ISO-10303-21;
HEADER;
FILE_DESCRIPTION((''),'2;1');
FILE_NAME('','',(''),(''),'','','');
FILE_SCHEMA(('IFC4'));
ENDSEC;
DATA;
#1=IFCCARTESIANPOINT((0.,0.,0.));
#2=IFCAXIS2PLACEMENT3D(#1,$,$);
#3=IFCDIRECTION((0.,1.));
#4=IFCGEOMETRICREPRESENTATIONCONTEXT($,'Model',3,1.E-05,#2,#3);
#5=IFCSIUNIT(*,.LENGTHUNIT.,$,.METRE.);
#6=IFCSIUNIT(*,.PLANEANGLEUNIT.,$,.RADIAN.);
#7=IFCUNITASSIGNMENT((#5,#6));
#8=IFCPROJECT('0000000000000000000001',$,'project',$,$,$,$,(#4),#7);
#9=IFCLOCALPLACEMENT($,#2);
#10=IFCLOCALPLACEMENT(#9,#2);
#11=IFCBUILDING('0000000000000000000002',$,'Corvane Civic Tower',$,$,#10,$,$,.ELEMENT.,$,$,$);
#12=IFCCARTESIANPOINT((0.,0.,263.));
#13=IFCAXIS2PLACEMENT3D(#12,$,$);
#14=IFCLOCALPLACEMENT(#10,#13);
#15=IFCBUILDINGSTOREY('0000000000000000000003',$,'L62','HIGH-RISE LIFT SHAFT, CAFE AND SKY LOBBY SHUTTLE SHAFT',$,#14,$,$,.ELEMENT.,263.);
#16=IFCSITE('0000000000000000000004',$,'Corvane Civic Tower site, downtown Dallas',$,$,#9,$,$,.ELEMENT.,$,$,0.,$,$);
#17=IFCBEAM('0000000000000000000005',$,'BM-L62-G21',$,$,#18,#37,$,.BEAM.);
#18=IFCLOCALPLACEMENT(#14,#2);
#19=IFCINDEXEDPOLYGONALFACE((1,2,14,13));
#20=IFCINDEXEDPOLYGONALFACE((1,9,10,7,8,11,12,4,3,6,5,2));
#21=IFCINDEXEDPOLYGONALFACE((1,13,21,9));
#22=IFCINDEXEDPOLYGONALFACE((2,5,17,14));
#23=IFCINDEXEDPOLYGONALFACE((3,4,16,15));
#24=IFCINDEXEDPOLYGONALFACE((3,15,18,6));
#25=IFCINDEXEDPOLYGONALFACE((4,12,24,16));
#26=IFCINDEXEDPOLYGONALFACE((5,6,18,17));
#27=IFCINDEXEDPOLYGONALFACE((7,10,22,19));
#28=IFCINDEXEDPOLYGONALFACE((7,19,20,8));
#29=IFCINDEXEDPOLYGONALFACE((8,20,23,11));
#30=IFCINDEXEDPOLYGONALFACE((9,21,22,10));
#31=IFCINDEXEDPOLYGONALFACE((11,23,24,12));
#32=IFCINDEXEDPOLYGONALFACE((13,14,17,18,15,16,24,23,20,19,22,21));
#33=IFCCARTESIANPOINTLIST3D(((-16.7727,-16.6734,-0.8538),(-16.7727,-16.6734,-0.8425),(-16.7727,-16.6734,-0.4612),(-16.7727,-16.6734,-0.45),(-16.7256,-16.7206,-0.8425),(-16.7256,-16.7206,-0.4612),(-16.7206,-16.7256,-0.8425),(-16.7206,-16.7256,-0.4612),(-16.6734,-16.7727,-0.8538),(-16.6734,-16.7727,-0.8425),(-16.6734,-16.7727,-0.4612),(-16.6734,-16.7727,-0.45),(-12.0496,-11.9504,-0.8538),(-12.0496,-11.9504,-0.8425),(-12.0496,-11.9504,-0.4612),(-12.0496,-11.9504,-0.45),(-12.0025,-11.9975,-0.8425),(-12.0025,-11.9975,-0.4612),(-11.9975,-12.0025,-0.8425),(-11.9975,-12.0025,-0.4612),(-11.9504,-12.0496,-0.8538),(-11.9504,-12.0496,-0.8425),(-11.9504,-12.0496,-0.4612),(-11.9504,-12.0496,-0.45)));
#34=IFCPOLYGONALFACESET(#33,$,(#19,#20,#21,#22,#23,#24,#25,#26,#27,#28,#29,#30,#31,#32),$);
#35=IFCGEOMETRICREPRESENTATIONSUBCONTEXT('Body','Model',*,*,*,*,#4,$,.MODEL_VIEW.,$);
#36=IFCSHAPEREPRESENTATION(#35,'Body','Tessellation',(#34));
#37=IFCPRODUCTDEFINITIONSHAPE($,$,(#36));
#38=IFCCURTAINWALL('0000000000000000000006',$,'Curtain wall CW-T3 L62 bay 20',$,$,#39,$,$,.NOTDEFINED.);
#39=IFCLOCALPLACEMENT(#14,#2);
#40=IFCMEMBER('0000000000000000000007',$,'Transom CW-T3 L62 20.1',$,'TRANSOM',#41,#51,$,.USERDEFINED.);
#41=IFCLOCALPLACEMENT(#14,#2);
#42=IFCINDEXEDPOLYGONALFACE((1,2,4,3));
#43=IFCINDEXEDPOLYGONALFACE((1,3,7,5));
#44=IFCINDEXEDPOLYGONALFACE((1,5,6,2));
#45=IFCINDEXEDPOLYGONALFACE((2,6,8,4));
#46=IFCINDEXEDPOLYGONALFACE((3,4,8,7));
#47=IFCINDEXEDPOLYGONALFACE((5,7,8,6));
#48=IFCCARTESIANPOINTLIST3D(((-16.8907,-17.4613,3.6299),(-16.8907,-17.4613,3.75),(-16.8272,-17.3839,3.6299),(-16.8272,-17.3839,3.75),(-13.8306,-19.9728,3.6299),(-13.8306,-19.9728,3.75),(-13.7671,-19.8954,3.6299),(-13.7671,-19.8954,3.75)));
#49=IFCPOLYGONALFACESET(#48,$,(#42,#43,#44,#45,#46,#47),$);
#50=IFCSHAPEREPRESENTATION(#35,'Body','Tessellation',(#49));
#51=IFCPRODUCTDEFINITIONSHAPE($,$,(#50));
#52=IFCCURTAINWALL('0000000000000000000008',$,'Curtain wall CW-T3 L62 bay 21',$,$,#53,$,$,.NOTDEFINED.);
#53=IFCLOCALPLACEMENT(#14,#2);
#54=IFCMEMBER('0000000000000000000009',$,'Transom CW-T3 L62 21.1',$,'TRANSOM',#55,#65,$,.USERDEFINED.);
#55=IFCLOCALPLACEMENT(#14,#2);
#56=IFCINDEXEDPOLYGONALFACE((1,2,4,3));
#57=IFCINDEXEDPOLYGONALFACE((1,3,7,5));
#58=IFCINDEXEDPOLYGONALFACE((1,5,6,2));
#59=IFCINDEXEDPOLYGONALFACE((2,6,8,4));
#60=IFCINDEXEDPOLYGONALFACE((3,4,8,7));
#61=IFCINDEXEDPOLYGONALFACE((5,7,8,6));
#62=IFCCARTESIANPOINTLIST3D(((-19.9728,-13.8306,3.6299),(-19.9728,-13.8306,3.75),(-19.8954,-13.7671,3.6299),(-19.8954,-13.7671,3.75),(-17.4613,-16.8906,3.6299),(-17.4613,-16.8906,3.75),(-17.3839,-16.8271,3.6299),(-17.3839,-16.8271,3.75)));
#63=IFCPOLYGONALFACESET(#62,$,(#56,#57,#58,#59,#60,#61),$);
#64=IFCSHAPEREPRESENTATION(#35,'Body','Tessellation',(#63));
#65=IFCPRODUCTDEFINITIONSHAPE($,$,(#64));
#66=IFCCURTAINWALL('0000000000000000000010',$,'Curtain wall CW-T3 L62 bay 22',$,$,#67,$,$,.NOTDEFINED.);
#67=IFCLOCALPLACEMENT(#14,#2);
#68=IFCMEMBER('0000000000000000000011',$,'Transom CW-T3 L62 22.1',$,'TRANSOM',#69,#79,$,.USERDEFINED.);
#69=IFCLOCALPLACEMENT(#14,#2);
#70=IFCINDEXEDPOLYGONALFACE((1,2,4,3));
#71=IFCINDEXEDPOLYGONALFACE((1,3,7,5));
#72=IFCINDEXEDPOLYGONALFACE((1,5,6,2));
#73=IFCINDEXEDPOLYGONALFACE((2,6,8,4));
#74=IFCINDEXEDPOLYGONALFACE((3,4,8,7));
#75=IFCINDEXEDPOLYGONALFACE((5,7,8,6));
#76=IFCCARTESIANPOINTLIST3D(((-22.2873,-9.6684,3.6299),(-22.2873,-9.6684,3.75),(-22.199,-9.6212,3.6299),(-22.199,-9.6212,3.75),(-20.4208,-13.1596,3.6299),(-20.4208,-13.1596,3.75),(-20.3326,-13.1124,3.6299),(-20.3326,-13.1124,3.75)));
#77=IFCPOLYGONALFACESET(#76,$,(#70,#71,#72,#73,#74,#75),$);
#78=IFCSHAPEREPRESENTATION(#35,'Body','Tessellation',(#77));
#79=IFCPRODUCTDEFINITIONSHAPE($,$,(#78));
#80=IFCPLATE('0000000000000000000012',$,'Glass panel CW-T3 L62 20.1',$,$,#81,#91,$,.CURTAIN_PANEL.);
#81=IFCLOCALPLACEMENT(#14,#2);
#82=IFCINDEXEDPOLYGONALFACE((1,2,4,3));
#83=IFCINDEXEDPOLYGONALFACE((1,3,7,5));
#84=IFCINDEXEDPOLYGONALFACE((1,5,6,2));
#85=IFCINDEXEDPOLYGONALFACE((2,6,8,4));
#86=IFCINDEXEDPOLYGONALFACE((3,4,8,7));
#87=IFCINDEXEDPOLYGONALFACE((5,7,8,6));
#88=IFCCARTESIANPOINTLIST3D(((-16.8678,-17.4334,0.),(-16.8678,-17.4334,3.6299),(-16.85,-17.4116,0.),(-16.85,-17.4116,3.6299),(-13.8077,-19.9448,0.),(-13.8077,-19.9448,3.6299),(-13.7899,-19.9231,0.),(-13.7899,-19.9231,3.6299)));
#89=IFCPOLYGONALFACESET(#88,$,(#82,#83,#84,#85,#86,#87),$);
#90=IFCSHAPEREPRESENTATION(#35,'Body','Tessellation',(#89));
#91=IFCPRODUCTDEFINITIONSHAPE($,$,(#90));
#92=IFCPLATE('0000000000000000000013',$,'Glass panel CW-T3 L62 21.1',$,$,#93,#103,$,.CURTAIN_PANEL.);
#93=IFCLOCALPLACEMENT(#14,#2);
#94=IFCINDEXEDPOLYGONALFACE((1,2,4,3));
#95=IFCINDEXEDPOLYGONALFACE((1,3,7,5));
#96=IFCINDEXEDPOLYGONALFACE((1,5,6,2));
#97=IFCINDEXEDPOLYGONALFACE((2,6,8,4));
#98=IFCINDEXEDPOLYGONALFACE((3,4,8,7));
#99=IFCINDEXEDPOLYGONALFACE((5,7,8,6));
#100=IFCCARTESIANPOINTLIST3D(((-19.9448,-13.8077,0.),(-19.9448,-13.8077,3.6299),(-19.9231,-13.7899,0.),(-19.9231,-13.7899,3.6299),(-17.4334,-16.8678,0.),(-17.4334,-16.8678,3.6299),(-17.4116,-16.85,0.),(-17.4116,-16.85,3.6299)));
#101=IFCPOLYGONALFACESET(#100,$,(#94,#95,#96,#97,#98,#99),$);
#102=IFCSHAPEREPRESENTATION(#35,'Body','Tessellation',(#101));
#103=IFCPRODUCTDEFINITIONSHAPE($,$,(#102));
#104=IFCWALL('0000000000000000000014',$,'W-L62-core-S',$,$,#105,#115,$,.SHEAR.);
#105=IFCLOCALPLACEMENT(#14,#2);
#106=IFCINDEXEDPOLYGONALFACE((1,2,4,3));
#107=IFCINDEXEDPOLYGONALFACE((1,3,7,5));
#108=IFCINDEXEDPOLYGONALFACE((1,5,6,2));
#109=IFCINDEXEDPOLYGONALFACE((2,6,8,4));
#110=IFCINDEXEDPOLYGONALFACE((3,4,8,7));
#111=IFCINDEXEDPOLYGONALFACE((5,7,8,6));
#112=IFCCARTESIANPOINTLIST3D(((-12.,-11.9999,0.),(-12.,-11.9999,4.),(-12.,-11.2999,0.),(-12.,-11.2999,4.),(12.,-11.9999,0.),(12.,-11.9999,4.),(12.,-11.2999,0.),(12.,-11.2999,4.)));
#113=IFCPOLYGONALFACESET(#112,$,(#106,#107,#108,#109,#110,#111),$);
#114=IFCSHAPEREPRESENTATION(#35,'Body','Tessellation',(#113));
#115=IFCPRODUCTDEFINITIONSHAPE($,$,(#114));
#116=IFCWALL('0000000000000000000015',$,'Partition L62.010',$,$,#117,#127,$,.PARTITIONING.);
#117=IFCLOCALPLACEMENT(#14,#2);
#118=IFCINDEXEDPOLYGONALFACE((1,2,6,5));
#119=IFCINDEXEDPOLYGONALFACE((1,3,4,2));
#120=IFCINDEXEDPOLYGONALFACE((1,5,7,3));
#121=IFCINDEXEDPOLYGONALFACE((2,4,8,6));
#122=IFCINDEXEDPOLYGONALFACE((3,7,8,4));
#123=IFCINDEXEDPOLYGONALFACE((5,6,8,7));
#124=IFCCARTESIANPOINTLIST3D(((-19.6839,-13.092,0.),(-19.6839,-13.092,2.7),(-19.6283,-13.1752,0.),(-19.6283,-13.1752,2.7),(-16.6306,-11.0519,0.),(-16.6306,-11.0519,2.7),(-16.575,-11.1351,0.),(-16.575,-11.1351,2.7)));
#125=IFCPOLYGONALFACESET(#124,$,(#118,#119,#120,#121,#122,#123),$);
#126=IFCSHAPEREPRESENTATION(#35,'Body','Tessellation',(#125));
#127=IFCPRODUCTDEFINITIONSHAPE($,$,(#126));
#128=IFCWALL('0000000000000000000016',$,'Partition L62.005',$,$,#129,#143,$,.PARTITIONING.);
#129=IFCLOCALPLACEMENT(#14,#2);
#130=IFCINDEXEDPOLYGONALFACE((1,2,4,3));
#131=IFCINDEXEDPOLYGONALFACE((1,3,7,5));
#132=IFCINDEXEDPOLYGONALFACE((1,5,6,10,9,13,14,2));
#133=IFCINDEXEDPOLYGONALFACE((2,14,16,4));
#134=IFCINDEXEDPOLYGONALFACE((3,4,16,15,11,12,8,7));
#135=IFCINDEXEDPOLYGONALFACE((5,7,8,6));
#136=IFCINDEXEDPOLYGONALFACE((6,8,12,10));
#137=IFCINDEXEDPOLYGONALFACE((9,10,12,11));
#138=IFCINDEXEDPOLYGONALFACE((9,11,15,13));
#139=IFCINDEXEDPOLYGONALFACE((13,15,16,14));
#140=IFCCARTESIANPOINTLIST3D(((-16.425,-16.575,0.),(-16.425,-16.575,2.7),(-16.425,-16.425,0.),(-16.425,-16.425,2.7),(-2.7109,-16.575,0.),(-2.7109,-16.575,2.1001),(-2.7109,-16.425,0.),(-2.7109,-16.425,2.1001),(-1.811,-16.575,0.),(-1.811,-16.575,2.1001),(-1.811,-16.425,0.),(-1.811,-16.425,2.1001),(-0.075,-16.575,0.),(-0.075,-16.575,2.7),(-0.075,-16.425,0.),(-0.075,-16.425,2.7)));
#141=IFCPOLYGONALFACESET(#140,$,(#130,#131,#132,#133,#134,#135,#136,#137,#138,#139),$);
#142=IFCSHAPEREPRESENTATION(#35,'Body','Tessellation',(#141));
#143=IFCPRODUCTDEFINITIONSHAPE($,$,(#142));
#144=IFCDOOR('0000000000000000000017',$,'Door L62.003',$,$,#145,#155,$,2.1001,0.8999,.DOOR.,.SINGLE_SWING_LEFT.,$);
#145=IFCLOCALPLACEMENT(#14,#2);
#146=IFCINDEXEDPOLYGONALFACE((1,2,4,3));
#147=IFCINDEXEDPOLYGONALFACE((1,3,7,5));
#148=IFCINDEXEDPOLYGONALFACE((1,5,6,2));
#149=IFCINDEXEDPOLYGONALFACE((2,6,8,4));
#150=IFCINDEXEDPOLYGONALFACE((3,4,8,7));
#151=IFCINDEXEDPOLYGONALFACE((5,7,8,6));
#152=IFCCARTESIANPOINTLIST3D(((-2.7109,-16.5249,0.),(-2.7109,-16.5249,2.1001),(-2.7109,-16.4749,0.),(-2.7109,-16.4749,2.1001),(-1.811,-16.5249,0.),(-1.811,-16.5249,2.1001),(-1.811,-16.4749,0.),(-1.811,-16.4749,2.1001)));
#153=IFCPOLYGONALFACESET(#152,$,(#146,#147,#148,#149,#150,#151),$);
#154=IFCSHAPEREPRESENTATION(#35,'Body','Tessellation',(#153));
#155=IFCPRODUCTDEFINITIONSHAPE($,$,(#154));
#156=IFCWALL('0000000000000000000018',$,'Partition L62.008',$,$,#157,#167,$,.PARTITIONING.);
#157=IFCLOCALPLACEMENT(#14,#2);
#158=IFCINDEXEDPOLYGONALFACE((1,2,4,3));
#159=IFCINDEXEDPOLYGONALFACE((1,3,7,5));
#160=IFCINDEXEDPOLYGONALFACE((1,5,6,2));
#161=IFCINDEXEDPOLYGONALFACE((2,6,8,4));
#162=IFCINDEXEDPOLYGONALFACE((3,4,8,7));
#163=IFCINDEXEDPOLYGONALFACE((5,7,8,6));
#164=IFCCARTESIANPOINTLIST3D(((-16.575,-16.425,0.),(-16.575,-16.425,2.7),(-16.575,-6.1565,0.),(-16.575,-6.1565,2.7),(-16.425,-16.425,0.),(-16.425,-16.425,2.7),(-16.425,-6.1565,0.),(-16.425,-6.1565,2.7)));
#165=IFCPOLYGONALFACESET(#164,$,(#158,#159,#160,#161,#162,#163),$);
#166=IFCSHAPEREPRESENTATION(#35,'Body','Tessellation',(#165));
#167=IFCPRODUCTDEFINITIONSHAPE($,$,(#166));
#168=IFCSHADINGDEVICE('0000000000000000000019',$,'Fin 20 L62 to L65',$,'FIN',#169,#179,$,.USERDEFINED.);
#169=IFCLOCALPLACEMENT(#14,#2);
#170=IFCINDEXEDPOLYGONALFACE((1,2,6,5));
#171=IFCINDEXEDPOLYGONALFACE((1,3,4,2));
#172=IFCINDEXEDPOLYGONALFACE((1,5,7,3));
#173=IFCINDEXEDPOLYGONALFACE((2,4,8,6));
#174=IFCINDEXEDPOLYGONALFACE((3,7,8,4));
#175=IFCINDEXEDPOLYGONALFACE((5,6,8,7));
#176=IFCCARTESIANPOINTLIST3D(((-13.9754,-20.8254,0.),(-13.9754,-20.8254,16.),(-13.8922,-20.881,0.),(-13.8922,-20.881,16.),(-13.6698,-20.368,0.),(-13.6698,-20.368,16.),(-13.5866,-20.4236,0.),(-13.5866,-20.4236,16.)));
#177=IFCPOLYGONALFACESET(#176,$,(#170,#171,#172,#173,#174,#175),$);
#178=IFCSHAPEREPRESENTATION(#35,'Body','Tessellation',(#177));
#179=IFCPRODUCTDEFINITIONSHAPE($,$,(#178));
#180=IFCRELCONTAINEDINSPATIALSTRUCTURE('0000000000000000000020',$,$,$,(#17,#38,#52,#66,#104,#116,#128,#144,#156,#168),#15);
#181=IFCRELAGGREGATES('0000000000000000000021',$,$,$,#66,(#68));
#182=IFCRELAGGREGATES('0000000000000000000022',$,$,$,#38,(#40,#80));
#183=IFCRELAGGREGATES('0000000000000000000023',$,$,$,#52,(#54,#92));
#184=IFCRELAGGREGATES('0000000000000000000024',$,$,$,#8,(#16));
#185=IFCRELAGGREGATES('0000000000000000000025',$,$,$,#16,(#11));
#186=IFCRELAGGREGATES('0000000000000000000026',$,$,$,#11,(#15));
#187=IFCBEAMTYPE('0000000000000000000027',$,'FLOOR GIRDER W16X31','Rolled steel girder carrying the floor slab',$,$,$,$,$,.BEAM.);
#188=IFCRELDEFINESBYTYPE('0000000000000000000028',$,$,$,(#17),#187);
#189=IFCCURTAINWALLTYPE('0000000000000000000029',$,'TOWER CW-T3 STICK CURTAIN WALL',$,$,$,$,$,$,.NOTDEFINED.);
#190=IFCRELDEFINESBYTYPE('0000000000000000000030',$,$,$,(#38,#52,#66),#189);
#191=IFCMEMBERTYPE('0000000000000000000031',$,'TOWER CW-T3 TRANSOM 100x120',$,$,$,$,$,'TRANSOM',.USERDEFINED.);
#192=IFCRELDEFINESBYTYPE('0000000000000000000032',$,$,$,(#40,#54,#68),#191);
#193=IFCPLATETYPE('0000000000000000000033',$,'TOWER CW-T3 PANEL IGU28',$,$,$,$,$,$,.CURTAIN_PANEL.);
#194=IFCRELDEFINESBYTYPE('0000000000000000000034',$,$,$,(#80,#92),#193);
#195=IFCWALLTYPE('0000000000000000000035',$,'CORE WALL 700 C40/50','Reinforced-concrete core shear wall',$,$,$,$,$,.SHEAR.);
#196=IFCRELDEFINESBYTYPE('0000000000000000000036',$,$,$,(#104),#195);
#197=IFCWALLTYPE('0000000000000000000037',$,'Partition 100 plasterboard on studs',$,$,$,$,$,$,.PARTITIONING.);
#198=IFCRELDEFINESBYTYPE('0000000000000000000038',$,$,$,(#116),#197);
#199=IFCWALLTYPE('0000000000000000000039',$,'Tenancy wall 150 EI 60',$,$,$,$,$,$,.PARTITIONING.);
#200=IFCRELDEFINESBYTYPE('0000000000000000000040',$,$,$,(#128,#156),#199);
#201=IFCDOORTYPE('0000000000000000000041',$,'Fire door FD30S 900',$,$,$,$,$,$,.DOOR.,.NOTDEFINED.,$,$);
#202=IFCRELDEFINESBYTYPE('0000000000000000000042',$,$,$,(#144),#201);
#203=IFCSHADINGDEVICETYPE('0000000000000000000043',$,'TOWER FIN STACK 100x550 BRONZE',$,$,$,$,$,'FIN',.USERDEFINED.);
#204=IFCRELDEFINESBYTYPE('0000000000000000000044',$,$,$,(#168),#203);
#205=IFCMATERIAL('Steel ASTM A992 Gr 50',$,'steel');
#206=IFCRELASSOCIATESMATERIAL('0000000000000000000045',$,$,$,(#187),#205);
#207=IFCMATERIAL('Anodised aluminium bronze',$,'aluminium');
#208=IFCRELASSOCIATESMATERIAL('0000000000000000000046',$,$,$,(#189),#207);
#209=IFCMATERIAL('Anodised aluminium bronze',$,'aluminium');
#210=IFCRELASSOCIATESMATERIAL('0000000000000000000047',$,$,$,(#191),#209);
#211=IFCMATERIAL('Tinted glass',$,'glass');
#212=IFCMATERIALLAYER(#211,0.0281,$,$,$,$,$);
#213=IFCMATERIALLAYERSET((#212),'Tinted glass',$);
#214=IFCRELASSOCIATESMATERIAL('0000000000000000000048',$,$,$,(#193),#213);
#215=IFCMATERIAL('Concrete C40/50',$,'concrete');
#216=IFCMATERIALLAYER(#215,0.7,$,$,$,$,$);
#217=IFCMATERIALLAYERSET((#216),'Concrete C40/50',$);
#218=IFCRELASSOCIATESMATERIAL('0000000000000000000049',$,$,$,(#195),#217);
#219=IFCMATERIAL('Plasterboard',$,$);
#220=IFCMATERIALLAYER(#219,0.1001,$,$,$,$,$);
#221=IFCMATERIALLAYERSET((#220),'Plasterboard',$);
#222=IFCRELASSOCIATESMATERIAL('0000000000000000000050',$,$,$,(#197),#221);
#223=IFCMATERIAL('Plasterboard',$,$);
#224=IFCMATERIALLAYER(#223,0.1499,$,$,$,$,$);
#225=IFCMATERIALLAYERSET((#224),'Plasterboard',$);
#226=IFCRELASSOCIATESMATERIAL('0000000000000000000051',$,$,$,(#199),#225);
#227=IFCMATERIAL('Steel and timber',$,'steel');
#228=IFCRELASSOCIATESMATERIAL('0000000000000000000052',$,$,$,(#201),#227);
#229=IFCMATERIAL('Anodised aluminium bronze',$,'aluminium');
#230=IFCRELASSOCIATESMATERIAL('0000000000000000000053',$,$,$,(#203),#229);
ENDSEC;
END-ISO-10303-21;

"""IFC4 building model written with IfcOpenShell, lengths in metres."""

from ifc_helpers import new_model, si_unit, direction, frame, frame_2d, origin, origin_2d, place, context, subcontext, project, spatial, rectangle, i_section, extrude, material, layer, layer_set, material_profile, profile_set, type_object, element, fill, aggregate, save


model = new_model("IFC4")

# Units and contexts
model_context = context("Model", 3, precision=1e-05, world=origin(), true_north=direction((0.0, 1.0)))
body_context = subcontext(model_context, "Body", "Model", "MODEL_VIEW")
ifc_project = project(units=[si_unit("LENGTHUNIT", "METRE"), si_unit("PLANEANGLEUNIT", "RADIAN")], contexts=[model_context])

# Site, building, storey
site_placement = place(None, origin())
site = spatial("IfcSite", under=ifc_project, at=site_placement, Name="Corvane Civic Tower site, downtown Dallas", CompositionType="ELEMENT", RefElevation=0.0)
building_placement = place(site_placement, origin())
building = spatial("IfcBuilding", under=site, at=building_placement, Name="Corvane Civic Tower", CompositionType="ELEMENT")
storey_placement = place(building_placement, frame((0.0, 0.0, 263.0)))
storey = spatial("IfcBuildingStorey", under=building, at=storey_placement, Name="L62", Description="HIGH-RISE LIFT SHAFT, CAFE AND SKY LOBBY SHUTTLE SHAFT", CompositionType="ELEMENT", Elevation=263.0)

# Beam
ifc_material_1 = material(Name="Steel ASTM A992 Gr 50", Category="steel")
ifc_material_profile_1 = material_profile(ifc_material_1, i_section(OverallWidth=0.1404, OverallDepth=0.4038, WebThickness=0.0071, FlangeThickness=0.0112, at=origin_2d()), Name="W16X31")
ifc_profile_set_1 = profile_set([ifc_material_profile_1], Name="Steel ASTM A992 Gr 50")
beam_type_1 = type_object("IfcBeamType", Name="FLOOR GIRDER W16X31", Description="Rolled steel girder carrying the floor slab", PredefinedType="BEAM", material=ifc_profile_set_1)
beam_1_placement = place(storey_placement, frame((-12.0, -12.0, -0.6519), z_axis=(-0.707107, -0.707107, 0.0), x_axis=(0.707107, -0.707107, 0.0)))
element("IfcBeam", 1, at=beam_1_placement, inside=storey, type_object=beam_type_1, Name="BM-L62-G21", PredefinedType="BEAM", context=body_context, shape_type="SweptSolid", body=[
    extrude(i_section(OverallWidth=0.1404, OverallDepth=0.4038, WebThickness=0.0071, FlangeThickness=0.0112, at=origin_2d()), origin(), (0.0, 0.0, 1.0), 6.6794),
])

# Curtain walls, members
ifc_material_2 = material(Name="Anodised aluminium bronze", Category="aluminium")
curtain_wall_type = type_object("IfcCurtainWallType", Name="TOWER CW-T3 STICK CURTAIN WALL", PredefinedType="NOTDEFINED", material=ifc_material_2)
curtain_wall_1_placement = place(storey_placement, origin())
curtain_wall_1 = element("IfcCurtainWall", 2, at=curtain_wall_1_placement, inside=storey, type_object=curtain_wall_type, Name="Curtain wall CW-T3 L62 bay 20", PredefinedType="NOTDEFINED")
ifc_material_3 = material(Name="Anodised aluminium bronze", Category="aluminium")
ifc_material_profile_2 = material_profile(ifc_material_3, rectangle(XDim=0.1001, YDim=0.1201, at=origin_2d()), Name="TOWER CW-T3 TRANSOM 100x120")
ifc_profile_set_2 = profile_set([ifc_material_profile_2], Name="Anodised aluminium bronze")
member_type = type_object("IfcMemberType", Name="TOWER CW-T3 TRANSOM 100x120", ElementType="TRANSOM", PredefinedType="USERDEFINED", material=ifc_profile_set_2)
member_1_placement = place(storey_placement, frame((-13.7988, -19.9341, 3.6899), z_axis=(-0.772992, 0.634416, 0.0), x_axis=(-0.634416, -0.772992, 0.0)))
member_1 = element("IfcMember", 3, at=member_1_placement, type_object=member_type, Name="Transom CW-T3 L62 20.1", ObjectType="TRANSOM", PredefinedType="USERDEFINED", context=body_context, shape_type="SweptSolid", body=[
    extrude(rectangle(XDim=0.1001, YDim=0.1201, at=origin_2d()), origin(), (0.0, 0.0, 1.0), 3.9587),
])
curtain_wall_2_placement = place(storey_placement, origin())
curtain_wall_2 = element("IfcCurtainWall", 4, at=curtain_wall_2_placement, inside=storey, type_object=curtain_wall_type, Name="Curtain wall CW-T3 L62 bay 21", PredefinedType="NOTDEFINED")
member_2_placement = place(storey_placement, frame((-17.4226, -16.8589, 3.6899), z_axis=(-0.634416, 0.772992, 0.0), x_axis=(-0.772992, -0.634416, 0.0)))
member_2 = element("IfcMember", 5, at=member_2_placement, type_object=member_type, Name="Transom CW-T3 L62 21.1", ObjectType="TRANSOM", PredefinedType="USERDEFINED", context=body_context, shape_type="SweptSolid", body=[
    extrude(rectangle(XDim=0.1001, YDim=0.1201, at=origin_2d()), origin(), (0.0, 0.0, 1.0), 3.9587),
])
curtain_wall_3_placement = place(storey_placement, origin())
curtain_wall_3 = element("IfcCurtainWall", 6, at=curtain_wall_3_placement, inside=storey, type_object=curtain_wall_type, Name="Curtain wall CW-T3 L62 bay 22", PredefinedType="NOTDEFINED")
member_3_placement = place(storey_placement, frame((-20.3767, -13.136, 3.6899), z_axis=(-0.471468, 0.881883, 0.0), x_axis=(-0.881883, -0.471468, 0.0)))
member_3 = element("IfcMember", 7, at=member_3_placement, type_object=member_type, Name="Transom CW-T3 L62 22.1", ObjectType="TRANSOM", PredefinedType="USERDEFINED", context=body_context, shape_type="SweptSolid", body=[
    extrude(rectangle(XDim=0.1001, YDim=0.1201, at=origin_2d()), origin(), (0.0, 0.0, 1.0), 3.9587),
])
aggregate(curtain_wall_3, [member_3])

# Plates
ifc_material_4 = material(Name="Tinted glass", Category="glass")
ifc_layer_1 = layer(ifc_material_4, 0.0281)
ifc_layer_set_1 = layer_set([ifc_layer_1], Name="Tinted glass")
plate_type = type_object("IfcPlateType", Name="TOWER CW-T3 PANEL IGU28", PredefinedType="CURTAIN_PANEL", material=ifc_layer_set_1)
plate_1_placement = place(storey_placement, frame((-15.3289, -18.6782, 0.0), z_axis=(0.0, 0.0, 1.0), x_axis=(-0.773001, 0.634405, 0.0)))
plate_1 = element("IfcPlate", 8, at=plate_1_placement, type_object=plate_type, Name="Glass panel CW-T3 L62 20.1", PredefinedType="CURTAIN_PANEL", context=body_context, shape_type="SweptSolid", body=[
    extrude(rectangle(XDim=3.9587, YDim=0.0281, at=origin_2d()), origin(), (0.0, 0.0, 1.0), 3.6299),
])
aggregate(curtain_wall_1, [member_1, plate_1])
plate_2_placement = place(storey_placement, frame((-18.6782, -15.3289, 0.0), z_axis=(0.0, 0.0, 1.0), x_axis=(-0.634405, 0.773001, 0.0)))
plate_2 = element("IfcPlate", 9, at=plate_2_placement, type_object=plate_type, Name="Glass panel CW-T3 L62 21.1", PredefinedType="CURTAIN_PANEL", context=body_context, shape_type="SweptSolid", body=[
    extrude(rectangle(XDim=3.9587, YDim=0.0281, at=origin_2d()), origin(), (0.0, 0.0, 1.0), 3.6299),
])
aggregate(curtain_wall_2, [member_2, plate_2])

# Walls
ifc_material_5 = material(Name="Concrete C40/50", Category="concrete")
ifc_layer_2 = layer(ifc_material_5, 0.7)
ifc_layer_set_2 = layer_set([ifc_layer_2], Name="Concrete C40/50")
wall_type_1 = type_object("IfcWallType", Name="CORE WALL 700 C40/50", Description="Reinforced-concrete core shear wall", PredefinedType="SHEAR", material=ifc_layer_set_2)
wall_1_placement = place(storey_placement, frame((-12.0, -11.6499, 0.0), z_axis=(0.0, 0.0, 1.0), x_axis=(1.0, 0.0, 0.0)))
element("IfcWall", 10, at=wall_1_placement, inside=storey, type_object=wall_type_1, Name="W-L62-core-S", PredefinedType="SHEAR", context=body_context, shape_type="SweptSolid", body=[
    extrude(rectangle(XDim=24.0, YDim=0.7, at=frame_2d((12.0, 0.0))), origin(), (0.0, 0.0, 1.0), 4.0),
])
ifc_material_6 = material(Name="Plasterboard")
ifc_layer_3 = layer(ifc_material_6, 0.1001)
ifc_layer_set_3 = layer_set([ifc_layer_3], Name="Plasterboard")
wall_type_2 = type_object("IfcWallType", Name="Partition 100 plasterboard on studs", PredefinedType="PARTITIONING", material=ifc_layer_set_3)
wall_2_placement = place(storey_placement, frame((-19.656, -13.1335, 0.0), z_axis=(0.0, 0.0, 1.0), x_axis=(0.831477, 0.555559, 0.0)))
element("IfcWall", 11, at=wall_2_placement, inside=storey, type_object=wall_type_2, Name="Partition L62.010", PredefinedType="PARTITIONING", context=body_context, shape_type="SweptSolid", body=[
    extrude(rectangle(XDim=3.6721, YDim=0.1001, at=frame_2d((1.8359, 0.0))), origin(), (0.0, 0.0, 1.0), 2.7),
])

# Wall, opening, door
ifc_material_7 = material(Name="Plasterboard")
ifc_layer_4 = layer(ifc_material_7, 0.1499)
ifc_layer_set_4 = layer_set([ifc_layer_4], Name="Plasterboard")
wall_type_3 = type_object("IfcWallType", Name="Tenancy wall 150 EI 60", PredefinedType="PARTITIONING", material=ifc_layer_set_4)
wall_3_placement = place(storey_placement, frame((-16.425, -16.5, 0.0), z_axis=(0.0, 0.0, 1.0), x_axis=(1.0, 0.0, 0.0)))
wall_3 = element("IfcWall", 12, at=wall_3_placement, inside=storey, type_object=wall_type_3, Name="Partition L62.005", PredefinedType="PARTITIONING", context=body_context, shape_type="SweptSolid", body=[
    extrude(rectangle(XDim=16.3501, YDim=0.1499, at=frame_2d((8.175, 0.0))), origin(), (0.0, 0.0, 1.0), 2.7),
])
opening_placement = place(wall_3_placement, frame((13.7141, 0.0, 0.0)))
opening = element("IfcOpeningElement", 13, at=opening_placement, cuts=wall_3, PredefinedType="OPENING", context=body_context, shape_type="SweptSolid", body=[
    extrude(rectangle(XDim=0.8999, YDim=2.1001, at=frame_2d((0.45, 1.05))), frame((0.0, 0.085, 0.0), z_axis=(0.0, -1.0, 0.0), x_axis=(1.0, 0.0, 0.0)), (0.0, 0.0, 1.0), 0.1699),
])
ifc_material_8 = material(Name="Steel and timber", Category="steel")
door_type = type_object("IfcDoorType", Name="Fire door FD30S 900", OperationType="NOTDEFINED", PredefinedType="DOOR", material=ifc_material_8)
door_placement = place(opening_placement, frame((0.8999, 0.0, 0.0), z_axis=(0.0, 0.0, 1.0), x_axis=(-1.0, 0.0, 0.0)))
door = element("IfcDoor", 14, at=door_placement, inside=storey, type_object=door_type, Name="Door L62.003", OperationType="SINGLE_SWING_LEFT", OverallHeight=2.1001, OverallWidth=0.8999, PredefinedType="DOOR", context=body_context, shape_type="SweptSolid", body=[
    extrude(rectangle(XDim=0.8999, YDim=2.1001, at=frame_2d((0.45, 1.05))), frame((0.0, 0.0249, 0.0), z_axis=(0.0, -1.0, 0.0), x_axis=(1.0, 0.0, 0.0)), (0.0, 0.0, 1.0), 0.05),
])
fill(opening, door)

# Wall
wall_4_placement = place(storey_placement, frame((-16.5, -16.425, 0.0), z_axis=(0.0, 0.0, 1.0), x_axis=(0.0, 1.0, 0.0)))
element("IfcWall", 15, at=wall_4_placement, inside=storey, type_object=wall_type_3, Name="Partition L62.008", PredefinedType="PARTITIONING", context=body_context, shape_type="SweptSolid", body=[
    extrude(rectangle(XDim=10.2686, YDim=0.1499, at=frame_2d((5.1343, 0.0))), origin(), (0.0, 0.0, 1.0), 2.7),
])

# Shading device
ifc_material_9 = material(Name="Anodised aluminium bronze", Category="aluminium")
ifc_material_profile_3 = material_profile(ifc_material_9, rectangle(XDim=0.1001, YDim=0.55, at=origin_2d()), Name="TOWER FIN STACK 100x550 BRONZE")
ifc_profile_set_3 = profile_set([ifc_material_profile_3], Name="Anodised aluminium bronze")
shading_device_type = type_object("IfcShadingDeviceType", Name="TOWER FIN STACK 100x550 BRONZE", ElementType="FIN", PredefinedType="USERDEFINED", material=ifc_profile_set_3)
for number, where, z_axis, x_axis, name in (
    (16, (-13.781, -20.6245, 0.0), (0.0, 0.0, 1.0), (-0.83147, 0.55557, 0.0), "Fin 20 L62 to L65"),
):
    element("IfcShadingDevice", number, at=place(storey_placement, frame(where, z_axis=z_axis, x_axis=x_axis)), inside=storey, type_object=shading_device_type, Name=name, ObjectType="FIN", PredefinedType="USERDEFINED", context=body_context, shape_type="SweptSolid", body=[
        extrude(rectangle(XDim=0.1001, YDim=0.55, at=origin_2d()), origin(), (0.0, 0.0, 1.0), 16.0),
    ])

save(model, "model.ifc")
